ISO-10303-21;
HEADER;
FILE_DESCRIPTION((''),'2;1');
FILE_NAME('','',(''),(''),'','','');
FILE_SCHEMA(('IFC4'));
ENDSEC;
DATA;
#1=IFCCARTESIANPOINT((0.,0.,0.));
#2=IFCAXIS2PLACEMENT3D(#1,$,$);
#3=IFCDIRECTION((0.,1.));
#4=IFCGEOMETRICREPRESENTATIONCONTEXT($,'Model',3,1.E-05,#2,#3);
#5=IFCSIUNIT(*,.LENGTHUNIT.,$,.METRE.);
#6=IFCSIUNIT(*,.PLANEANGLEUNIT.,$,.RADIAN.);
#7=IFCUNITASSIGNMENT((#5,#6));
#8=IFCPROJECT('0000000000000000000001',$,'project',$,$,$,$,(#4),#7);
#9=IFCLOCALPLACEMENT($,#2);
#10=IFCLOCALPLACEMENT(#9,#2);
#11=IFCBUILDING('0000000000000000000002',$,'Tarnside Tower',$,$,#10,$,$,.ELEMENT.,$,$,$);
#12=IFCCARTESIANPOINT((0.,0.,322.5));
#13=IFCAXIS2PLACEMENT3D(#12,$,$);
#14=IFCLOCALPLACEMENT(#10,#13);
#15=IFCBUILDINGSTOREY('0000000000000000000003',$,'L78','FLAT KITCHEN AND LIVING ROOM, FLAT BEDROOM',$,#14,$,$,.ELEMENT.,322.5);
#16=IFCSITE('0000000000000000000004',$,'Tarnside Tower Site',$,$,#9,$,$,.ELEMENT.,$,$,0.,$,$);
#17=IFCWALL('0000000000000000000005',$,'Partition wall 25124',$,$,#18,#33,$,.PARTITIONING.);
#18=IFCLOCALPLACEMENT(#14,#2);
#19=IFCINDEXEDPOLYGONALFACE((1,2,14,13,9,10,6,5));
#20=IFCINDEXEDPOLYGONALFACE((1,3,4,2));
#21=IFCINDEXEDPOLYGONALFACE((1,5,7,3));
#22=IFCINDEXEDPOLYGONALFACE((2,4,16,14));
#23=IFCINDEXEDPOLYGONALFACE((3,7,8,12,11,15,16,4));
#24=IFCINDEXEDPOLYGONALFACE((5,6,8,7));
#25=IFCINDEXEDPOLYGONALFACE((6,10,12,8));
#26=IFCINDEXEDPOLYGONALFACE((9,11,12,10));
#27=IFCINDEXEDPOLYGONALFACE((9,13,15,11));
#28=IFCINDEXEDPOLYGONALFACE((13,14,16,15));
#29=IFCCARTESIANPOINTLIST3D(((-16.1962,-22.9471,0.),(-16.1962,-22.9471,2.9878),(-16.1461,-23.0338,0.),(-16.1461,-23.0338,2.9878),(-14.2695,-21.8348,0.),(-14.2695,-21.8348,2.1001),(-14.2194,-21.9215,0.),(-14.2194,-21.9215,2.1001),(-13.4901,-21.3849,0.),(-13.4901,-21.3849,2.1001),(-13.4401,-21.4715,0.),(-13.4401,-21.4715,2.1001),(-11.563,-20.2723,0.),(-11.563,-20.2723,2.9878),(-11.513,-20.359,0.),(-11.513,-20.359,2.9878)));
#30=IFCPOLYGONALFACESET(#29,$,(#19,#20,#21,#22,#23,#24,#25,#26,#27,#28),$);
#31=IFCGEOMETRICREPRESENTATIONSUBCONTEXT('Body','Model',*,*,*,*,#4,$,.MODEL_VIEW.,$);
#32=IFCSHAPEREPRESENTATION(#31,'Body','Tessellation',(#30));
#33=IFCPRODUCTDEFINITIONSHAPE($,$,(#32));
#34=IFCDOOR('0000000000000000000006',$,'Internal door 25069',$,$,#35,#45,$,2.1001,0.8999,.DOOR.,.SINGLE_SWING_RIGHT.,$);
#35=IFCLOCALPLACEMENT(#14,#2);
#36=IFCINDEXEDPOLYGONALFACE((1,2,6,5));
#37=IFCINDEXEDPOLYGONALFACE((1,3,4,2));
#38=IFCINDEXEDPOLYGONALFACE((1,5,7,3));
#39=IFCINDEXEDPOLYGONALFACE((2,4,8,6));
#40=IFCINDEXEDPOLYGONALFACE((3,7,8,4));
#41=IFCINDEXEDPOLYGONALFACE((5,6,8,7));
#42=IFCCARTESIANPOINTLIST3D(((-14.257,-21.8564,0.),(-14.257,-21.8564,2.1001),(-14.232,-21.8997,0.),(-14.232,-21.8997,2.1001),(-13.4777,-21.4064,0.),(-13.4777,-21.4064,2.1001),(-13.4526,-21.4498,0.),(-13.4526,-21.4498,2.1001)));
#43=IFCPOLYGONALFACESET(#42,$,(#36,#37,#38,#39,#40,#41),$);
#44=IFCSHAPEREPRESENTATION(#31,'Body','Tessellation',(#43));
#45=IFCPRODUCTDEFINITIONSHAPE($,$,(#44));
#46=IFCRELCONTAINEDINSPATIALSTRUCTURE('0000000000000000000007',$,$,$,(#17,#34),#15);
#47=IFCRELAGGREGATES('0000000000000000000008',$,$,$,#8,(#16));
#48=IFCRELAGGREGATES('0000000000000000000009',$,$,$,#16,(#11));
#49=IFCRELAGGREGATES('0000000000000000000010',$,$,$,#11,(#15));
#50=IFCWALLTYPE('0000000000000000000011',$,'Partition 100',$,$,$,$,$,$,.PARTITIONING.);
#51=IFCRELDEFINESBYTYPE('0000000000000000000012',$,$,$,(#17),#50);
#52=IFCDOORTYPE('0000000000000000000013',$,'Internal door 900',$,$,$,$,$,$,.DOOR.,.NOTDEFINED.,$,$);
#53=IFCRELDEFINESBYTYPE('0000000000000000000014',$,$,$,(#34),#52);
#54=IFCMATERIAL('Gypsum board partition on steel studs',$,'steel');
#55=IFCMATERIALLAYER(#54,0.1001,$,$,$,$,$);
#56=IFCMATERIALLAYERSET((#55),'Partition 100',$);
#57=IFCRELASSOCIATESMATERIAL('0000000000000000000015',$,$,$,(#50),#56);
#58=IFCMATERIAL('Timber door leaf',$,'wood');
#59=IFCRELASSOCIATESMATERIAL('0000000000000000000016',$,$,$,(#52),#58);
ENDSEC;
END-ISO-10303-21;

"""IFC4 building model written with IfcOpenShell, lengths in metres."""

from ifc_helpers import new_model, si_unit, direction, frame, frame_2d, origin, place, context, subcontext, project, spatial, rectangle, extrude, material, layer, layer_set, type_object, element, fill, save


model = new_model("IFC4")

# Units and contexts
model_context = context("Model", 3, precision=1e-05, world=origin(), true_north=direction((0.0, 1.0)))
body_context = subcontext(model_context, "Body", "Model", "MODEL_VIEW")
ifc_project = project(units=[si_unit("LENGTHUNIT", "METRE"), si_unit("PLANEANGLEUNIT", "RADIAN")], contexts=[model_context])

# Site, building, storey
site_placement = place(None, origin())
site = spatial("IfcSite", under=ifc_project, at=site_placement, Name="Tarnside Tower Site", CompositionType="ELEMENT", RefElevation=0.0)
building_placement = place(site_placement, origin())
building = spatial("IfcBuilding", under=site, at=building_placement, Name="Tarnside Tower", CompositionType="ELEMENT")
storey_placement = place(building_placement, frame((0.0, 0.0, 322.5)))
storey = spatial("IfcBuildingStorey", under=building, at=storey_placement, Name="L78", Description="FLAT KITCHEN AND LIVING ROOM, FLAT BEDROOM", CompositionType="ELEMENT", Elevation=322.5)

# Shared definitions
ifc_material_1 = material(Name="Gypsum board partition on steel studs", Category="steel")

# Wall, opening, door
ifc_layer_1 = layer(ifc_material_1, 0.1001)
ifc_layer_set_1 = layer_set([ifc_layer_1], Name="Partition 100")
wall_type_1 = type_object("IfcWallType", Name="Partition 100", PredefinedType="PARTITIONING", material=ifc_layer_set_1)
wall_1_placement = place(storey_placement, frame((-11.5381, -20.3157, 0.0), z_axis=(0.0, 0.0, 1.0), x_axis=(-0.866033, -0.499987, 0.0)))
wall_1 = element("IfcWall", 1, at=wall_1_placement, inside=storey, type_object=wall_type_1, Name="Partition wall 25124", PredefinedType="PARTITIONING", context=body_context, shape_type="SweptSolid", body=[
    extrude(rectangle(XDim=5.3499, YDim=0.1001, at=frame_2d((2.6748, 0.0))), origin(), (0.0, 0.0, 1.0), 2.9878),
])
opening_1_placement = place(wall_1_placement, frame((2.2251, 0.0, 0.0)))
opening_1 = element("IfcOpeningElement", 2, at=opening_1_placement, cuts=wall_1, PredefinedType="OPENING", context=body_context, shape_type="SweptSolid", body=[
    extrude(rectangle(XDim=0.8999, YDim=2.1001, at=frame_2d((0.45, 1.05))), frame((0.0, 0.0601, 0.0), z_axis=(0.0, -1.0, 0.0), x_axis=(1.0, 0.0, 0.0)), (0.0, 0.0, 1.0), 0.1201),
])
ifc_material_2 = material(Name="Timber door leaf", Category="wood")
door_type_1 = type_object("IfcDoorType", Name="Internal door 900", OperationType="NOTDEFINED", PredefinedType="DOOR", material=ifc_material_2)
door_1_placement = place(opening_1_placement, origin())
door_1 = element("IfcDoor", 3, at=door_1_placement, inside=storey, type_object=door_type_1, Name="Internal door 25069", OperationType="SINGLE_SWING_RIGHT", OverallHeight=2.1001, OverallWidth=0.8999, PredefinedType="DOOR", context=body_context, shape_type="SweptSolid", body=[
    extrude(rectangle(XDim=0.8999, YDim=2.1001, at=frame_2d((0.45, 1.05))), frame((0.0, 0.0249, 0.0), z_axis=(0.0, -1.0, 0.0), x_axis=(1.0, 0.0, 0.0)), (0.0, 0.0, 1.0), 0.05),
])
fill(opening_1, door_1)

save(model, "model.ifc")
